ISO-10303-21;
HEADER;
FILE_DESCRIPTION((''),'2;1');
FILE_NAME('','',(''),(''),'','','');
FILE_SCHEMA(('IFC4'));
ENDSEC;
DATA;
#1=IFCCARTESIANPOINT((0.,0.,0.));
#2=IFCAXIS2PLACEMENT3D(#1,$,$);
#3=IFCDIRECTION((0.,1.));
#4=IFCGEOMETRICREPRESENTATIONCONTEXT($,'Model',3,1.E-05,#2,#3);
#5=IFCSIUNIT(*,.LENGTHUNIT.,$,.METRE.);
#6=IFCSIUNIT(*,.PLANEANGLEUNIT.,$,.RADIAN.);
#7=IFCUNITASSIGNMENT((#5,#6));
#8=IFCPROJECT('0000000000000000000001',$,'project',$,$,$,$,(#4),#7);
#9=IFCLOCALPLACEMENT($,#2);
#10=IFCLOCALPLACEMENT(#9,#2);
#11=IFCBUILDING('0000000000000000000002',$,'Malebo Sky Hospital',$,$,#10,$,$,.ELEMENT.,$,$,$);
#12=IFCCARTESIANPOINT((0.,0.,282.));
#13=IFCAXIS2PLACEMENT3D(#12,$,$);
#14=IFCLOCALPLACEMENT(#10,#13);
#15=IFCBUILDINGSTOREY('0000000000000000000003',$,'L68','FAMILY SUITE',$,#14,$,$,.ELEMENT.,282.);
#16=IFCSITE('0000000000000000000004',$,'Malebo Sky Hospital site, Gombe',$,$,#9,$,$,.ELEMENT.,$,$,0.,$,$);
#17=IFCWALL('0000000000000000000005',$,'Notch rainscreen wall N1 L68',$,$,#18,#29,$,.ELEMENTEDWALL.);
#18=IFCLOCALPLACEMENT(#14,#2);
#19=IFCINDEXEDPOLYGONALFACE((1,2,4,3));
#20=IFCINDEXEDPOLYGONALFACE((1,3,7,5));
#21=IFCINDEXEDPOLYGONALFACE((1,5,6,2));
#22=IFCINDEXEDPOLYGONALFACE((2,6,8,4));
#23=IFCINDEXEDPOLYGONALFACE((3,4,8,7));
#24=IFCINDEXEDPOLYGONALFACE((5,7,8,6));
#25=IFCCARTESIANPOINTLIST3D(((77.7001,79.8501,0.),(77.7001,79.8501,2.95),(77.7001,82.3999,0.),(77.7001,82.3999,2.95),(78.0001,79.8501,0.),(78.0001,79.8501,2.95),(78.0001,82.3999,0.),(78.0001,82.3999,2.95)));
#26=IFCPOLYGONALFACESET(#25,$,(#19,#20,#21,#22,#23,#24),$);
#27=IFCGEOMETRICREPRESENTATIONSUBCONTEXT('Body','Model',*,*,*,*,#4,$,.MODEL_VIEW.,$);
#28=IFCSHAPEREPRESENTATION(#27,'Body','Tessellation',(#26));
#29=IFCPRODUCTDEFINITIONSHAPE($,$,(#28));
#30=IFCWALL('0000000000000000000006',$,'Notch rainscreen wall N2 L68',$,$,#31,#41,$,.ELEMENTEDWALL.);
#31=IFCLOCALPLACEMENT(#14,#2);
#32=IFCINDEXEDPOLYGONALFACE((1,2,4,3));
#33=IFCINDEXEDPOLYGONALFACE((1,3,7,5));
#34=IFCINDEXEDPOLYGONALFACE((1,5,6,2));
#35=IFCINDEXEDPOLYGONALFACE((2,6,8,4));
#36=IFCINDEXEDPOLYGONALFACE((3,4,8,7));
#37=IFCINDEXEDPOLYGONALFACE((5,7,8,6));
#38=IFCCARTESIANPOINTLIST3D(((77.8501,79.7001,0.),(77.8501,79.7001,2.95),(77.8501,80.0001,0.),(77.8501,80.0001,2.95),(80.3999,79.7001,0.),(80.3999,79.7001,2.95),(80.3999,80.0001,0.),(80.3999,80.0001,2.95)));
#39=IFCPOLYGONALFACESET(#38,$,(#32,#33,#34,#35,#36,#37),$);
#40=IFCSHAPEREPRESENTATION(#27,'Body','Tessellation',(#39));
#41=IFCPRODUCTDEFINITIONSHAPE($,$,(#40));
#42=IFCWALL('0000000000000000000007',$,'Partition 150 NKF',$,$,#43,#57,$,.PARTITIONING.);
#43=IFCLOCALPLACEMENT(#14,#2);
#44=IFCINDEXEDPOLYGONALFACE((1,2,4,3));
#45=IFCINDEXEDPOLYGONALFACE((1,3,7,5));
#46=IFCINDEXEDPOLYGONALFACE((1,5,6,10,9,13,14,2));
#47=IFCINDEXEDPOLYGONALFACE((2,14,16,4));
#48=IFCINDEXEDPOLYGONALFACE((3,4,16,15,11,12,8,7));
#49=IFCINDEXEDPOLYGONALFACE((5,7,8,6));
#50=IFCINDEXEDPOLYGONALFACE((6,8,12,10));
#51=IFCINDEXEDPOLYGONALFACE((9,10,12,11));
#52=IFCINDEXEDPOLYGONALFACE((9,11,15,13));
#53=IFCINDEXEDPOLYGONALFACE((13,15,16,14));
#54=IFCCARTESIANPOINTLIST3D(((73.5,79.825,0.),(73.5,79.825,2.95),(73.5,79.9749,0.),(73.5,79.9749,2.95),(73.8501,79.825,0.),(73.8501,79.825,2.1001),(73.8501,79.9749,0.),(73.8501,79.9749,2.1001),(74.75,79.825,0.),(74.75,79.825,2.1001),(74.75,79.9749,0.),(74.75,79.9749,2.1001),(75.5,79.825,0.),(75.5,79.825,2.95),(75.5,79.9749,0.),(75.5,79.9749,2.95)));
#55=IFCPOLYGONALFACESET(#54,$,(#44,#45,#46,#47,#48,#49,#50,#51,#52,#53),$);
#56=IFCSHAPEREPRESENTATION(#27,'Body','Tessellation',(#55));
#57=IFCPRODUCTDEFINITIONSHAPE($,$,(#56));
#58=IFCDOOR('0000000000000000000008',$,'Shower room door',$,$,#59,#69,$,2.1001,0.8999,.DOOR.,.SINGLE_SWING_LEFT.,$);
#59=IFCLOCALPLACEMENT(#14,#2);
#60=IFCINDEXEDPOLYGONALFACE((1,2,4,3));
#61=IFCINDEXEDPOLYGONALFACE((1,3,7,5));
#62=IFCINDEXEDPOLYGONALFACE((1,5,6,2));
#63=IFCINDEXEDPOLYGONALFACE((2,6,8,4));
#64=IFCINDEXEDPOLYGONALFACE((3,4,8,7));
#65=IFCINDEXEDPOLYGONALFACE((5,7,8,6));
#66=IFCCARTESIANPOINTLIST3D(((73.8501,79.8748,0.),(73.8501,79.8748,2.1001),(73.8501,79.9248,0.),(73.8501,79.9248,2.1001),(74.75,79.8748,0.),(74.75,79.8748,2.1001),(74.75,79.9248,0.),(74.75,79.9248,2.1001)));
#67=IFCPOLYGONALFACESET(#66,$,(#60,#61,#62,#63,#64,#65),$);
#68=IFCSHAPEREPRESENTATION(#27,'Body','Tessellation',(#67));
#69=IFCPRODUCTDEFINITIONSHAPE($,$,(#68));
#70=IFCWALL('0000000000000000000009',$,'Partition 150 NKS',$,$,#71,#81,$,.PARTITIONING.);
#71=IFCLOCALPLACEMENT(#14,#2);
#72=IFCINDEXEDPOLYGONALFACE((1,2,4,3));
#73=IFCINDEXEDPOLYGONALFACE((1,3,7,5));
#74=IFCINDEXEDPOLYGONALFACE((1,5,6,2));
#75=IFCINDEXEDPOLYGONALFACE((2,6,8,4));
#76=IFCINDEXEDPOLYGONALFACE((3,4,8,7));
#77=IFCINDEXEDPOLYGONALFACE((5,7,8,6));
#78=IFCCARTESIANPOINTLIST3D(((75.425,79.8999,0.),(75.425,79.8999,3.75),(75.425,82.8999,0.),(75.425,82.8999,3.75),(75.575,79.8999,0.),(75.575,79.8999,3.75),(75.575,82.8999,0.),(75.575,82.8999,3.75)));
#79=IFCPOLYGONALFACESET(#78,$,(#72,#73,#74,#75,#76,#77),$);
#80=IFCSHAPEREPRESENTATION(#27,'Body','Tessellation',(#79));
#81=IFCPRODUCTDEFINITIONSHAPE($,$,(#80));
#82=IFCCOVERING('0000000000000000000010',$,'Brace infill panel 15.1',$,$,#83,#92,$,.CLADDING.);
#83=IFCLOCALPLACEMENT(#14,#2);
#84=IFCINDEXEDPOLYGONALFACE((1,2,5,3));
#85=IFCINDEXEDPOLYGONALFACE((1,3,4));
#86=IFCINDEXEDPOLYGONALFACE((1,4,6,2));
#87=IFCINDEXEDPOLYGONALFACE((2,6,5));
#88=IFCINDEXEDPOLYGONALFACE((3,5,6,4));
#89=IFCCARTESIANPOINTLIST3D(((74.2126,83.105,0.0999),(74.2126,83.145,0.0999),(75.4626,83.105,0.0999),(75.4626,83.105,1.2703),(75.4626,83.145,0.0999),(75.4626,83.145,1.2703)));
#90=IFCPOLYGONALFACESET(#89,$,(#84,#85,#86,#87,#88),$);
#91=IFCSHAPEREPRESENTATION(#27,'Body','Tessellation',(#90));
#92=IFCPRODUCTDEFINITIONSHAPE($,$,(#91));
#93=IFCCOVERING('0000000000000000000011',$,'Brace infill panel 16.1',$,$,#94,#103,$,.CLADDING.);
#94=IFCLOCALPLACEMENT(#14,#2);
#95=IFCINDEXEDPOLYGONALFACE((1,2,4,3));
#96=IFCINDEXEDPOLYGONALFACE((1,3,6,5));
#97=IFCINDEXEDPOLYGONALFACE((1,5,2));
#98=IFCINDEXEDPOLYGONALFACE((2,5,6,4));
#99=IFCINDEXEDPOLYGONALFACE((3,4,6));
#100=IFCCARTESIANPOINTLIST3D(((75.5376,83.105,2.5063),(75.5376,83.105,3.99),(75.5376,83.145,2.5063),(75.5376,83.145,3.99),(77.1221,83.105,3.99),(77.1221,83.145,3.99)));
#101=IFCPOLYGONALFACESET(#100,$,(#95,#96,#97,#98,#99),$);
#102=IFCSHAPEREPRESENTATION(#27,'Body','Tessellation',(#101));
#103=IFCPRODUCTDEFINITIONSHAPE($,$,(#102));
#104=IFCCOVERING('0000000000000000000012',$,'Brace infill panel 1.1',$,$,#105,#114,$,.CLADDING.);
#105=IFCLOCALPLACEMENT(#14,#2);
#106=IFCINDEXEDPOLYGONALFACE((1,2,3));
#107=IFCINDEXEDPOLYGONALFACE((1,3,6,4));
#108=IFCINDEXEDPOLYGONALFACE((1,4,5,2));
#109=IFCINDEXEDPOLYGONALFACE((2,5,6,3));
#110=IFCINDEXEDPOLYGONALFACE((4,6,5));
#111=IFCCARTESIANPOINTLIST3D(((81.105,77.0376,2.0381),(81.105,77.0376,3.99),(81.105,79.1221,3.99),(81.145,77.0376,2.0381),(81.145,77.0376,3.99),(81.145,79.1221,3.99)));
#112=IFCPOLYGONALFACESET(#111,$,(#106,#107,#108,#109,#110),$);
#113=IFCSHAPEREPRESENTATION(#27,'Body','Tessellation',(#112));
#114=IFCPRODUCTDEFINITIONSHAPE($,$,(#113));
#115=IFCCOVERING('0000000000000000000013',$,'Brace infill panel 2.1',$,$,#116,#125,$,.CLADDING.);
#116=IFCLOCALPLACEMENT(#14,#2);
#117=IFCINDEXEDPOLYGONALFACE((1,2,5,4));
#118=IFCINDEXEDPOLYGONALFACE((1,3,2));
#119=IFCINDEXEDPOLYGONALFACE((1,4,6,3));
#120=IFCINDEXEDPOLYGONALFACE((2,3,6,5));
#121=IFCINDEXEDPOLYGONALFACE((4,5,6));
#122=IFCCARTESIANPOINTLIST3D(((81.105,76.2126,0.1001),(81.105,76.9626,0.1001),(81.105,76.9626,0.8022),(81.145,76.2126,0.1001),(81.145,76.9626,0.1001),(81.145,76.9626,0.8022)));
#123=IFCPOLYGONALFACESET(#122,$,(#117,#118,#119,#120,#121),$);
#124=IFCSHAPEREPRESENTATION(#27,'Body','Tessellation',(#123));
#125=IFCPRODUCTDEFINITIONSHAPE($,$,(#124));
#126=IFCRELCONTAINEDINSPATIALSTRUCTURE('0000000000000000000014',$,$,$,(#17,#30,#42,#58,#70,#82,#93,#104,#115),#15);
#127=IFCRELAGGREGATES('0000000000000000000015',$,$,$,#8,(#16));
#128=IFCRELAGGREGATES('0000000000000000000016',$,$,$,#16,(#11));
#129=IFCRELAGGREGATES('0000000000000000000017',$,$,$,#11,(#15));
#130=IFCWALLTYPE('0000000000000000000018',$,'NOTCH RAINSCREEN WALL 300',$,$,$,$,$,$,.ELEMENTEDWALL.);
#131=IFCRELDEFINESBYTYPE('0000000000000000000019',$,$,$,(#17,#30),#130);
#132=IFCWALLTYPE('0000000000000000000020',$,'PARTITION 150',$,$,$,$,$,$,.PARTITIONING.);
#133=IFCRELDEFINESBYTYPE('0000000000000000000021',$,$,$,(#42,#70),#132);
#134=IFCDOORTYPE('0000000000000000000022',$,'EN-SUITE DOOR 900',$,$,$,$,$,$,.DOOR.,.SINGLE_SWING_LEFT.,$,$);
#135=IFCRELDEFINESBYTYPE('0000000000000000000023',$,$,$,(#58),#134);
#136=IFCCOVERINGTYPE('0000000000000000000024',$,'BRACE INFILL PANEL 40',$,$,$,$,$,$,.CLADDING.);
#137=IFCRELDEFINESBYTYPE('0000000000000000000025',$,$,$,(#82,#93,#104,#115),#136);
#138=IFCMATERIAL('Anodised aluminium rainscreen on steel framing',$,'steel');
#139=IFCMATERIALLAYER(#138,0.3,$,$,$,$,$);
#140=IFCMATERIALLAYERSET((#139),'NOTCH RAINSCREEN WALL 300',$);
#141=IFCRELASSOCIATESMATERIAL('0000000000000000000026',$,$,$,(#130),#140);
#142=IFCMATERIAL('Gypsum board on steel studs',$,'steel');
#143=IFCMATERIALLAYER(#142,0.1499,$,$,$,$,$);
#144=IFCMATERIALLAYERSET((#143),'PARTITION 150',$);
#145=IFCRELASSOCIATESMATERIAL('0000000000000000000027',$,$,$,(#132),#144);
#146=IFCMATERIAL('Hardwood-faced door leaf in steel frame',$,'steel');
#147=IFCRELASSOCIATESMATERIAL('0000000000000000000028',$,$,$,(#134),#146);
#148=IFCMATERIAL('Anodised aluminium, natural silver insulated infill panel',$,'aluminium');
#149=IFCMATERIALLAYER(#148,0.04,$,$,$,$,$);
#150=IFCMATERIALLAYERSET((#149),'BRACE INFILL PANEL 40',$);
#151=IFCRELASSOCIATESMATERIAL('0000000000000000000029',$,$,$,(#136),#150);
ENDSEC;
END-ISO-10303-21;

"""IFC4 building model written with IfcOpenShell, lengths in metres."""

from ifc_helpers import new_model, si_unit, direction, frame, frame_2d, origin, place, context, subcontext, project, spatial, polyline, rectangle, outline, extrude, material, layer, layer_set, type_object, element, fill, save


model = new_model("IFC4")

# Units and contexts
model_context = context("Model", 3, precision=1e-05, world=origin(), true_north=direction((0.0, 1.0)))
body_context = subcontext(model_context, "Body", "Model", "MODEL_VIEW")
ifc_project = project(units=[si_unit("LENGTHUNIT", "METRE"), si_unit("PLANEANGLEUNIT", "RADIAN")], contexts=[model_context])

# Site, building, storey
site_placement = place(None, origin())
site = spatial("IfcSite", under=ifc_project, at=site_placement, Name="Malebo Sky Hospital site, Gombe", CompositionType="ELEMENT", RefElevation=0.0)
building_placement = place(site_placement, origin())
building = spatial("IfcBuilding", under=site, at=building_placement, Name="Malebo Sky Hospital", CompositionType="ELEMENT")
storey_placement = place(building_placement, frame((0.0, 0.0, 282.0)))
storey = spatial("IfcBuildingStorey", under=building, at=storey_placement, Name="L68", Description="FAMILY SUITE", CompositionType="ELEMENT", Elevation=282.0)

# Walls
ifc_material_1 = material(Name="Anodised aluminium rainscreen on steel framing", Category="steel")
ifc_layer_1 = layer(ifc_material_1, 0.3)
ifc_layer_set_1 = layer_set([ifc_layer_1], Name="NOTCH RAINSCREEN WALL 300")
wall_type_1 = type_object("IfcWallType", Name="NOTCH RAINSCREEN WALL 300", PredefinedType="ELEMENTEDWALL", material=ifc_layer_set_1)
for number, where, z_axis, x_axis, name in (
    (1, (77.8501, 82.3999, 0.0), (0.0, 0.0, 1.0), (0.0, -1.0, 0.0), "Notch rainscreen wall N1 L68"),
    (2, (77.8501, 79.8501, 0.0), (0.0, 0.0, 1.0), (1.0, 0.0, 0.0), "Notch rainscreen wall N2 L68"),
):
    element("IfcWall", number, at=place(storey_placement, frame(where, z_axis=z_axis, x_axis=x_axis)), inside=storey, type_object=wall_type_1, Name=name, PredefinedType="ELEMENTEDWALL", context=body_context, shape_type="SweptSolid", body=[
        extrude(rectangle(XDim=2.5498, YDim=0.3, at=frame_2d((1.2749, 0.0))), origin(), (0.0, 0.0, 1.0), 2.95),
    ])

# Wall, opening, door
ifc_material_2 = material(Name="Gypsum board on steel studs", Category="steel")
ifc_layer_2 = layer(ifc_material_2, 0.1499)
ifc_layer_set_2 = layer_set([ifc_layer_2], Name="PARTITION 150")
wall_type_2 = type_object("IfcWallType", Name="PARTITION 150", PredefinedType="PARTITIONING", material=ifc_layer_set_2)
wall_1_placement = place(storey_placement, frame((73.5, 79.8999, 0.0), z_axis=(0.0, 0.0, 1.0), x_axis=(1.0, 0.0, 0.0)))
wall_1 = element("IfcWall", 3, at=wall_1_placement, inside=storey, type_object=wall_type_2, Name="Partition 150 NKF", PredefinedType="PARTITIONING", context=body_context, shape_type="SweptSolid", body=[
    extrude(rectangle(XDim=2.0, YDim=0.1499, at=frame_2d((1.0, 0.0))), origin(), (0.0, 0.0, 1.0), 2.95),
])
opening_placement = place(wall_1_placement, frame((0.3501, 0.0, 0.0)))
opening = element("IfcOpeningElement", 4, at=opening_placement, cuts=wall_1, PredefinedType="OPENING", context=body_context, shape_type="SweptSolid", body=[
    extrude(rectangle(XDim=0.8999, YDim=2.1001, at=frame_2d((0.45, 1.05))), frame((0.0, 0.085, 0.0), z_axis=(0.0, -1.0, 0.0), x_axis=(1.0, 0.0, 0.0)), (0.0, 0.0, 1.0), 0.1699),
])
ifc_material_3 = material(Name="Hardwood-faced door leaf in steel frame", Category="steel")
door_type = type_object("IfcDoorType", Name="EN-SUITE DOOR 900", OperationType="SINGLE_SWING_LEFT", PredefinedType="DOOR", material=ifc_material_3)
door_placement = place(opening_placement, origin())
door = element("IfcDoor", 5, at=door_placement, inside=storey, type_object=door_type, Name="Shower room door", OperationType="SINGLE_SWING_LEFT", OverallHeight=2.1001, OverallWidth=0.8999, PredefinedType="DOOR", context=body_context, shape_type="SweptSolid", body=[
    extrude(rectangle(XDim=0.8999, YDim=2.1001, at=frame_2d((0.45, 1.05))), frame((0.0, 0.0249, 0.0), z_axis=(0.0, -1.0, 0.0), x_axis=(1.0, 0.0, 0.0)), (0.0, 0.0, 1.0), 0.05),
])
fill(opening, door)

# Wall
wall_2_placement = place(storey_placement, frame((75.5, 79.8999, 0.0), z_axis=(0.0, 0.0, 1.0), x_axis=(0.0, 1.0, 0.0)))
element("IfcWall", 6, at=wall_2_placement, inside=storey, type_object=wall_type_2, Name="Partition 150 NKS", PredefinedType="PARTITIONING", context=body_context, shape_type="SweptSolid", body=[
    extrude(rectangle(XDim=3.0, YDim=0.1499, at=frame_2d((1.5, 0.0))), origin(), (0.0, 0.0, 1.0), 3.75),
])

# Coverings
ifc_material_4 = material(Name="Anodised aluminium, natural silver insulated infill panel", Category="aluminium")
ifc_layer_3 = layer(ifc_material_4, 0.04)
ifc_layer_set_3 = layer_set([ifc_layer_3], Name="BRACE INFILL PANEL 40")
covering_type = type_object("IfcCoveringType", Name="BRACE INFILL PANEL 40", PredefinedType="CLADDING", material=ifc_layer_set_3)
covering_1_placement = place(storey_placement, frame((74.8376, 83.125, 0.0999), z_axis=(0.0, 0.0, 1.0), x_axis=(1.0, 0.0, 0.0)))
element("IfcCovering", 7, at=covering_1_placement, inside=storey, type_object=covering_type, Name="Brace infill panel 15.1", PredefinedType="CLADDING", context=body_context, shape_type="SweptSolid", body=[
    extrude(outline(polyline([(-0.625, 0.0), (0.625, 0.0), (0.625, 1.1704), (-0.625, 0.0)])), frame((0.0, 0.02, 0.0), z_axis=(0.0, -1.0, 0.0), x_axis=(1.0, 0.0, 0.0)), (0.0, 0.0, 1.0), 0.04),
])
covering_2_placement = place(storey_placement, frame((76.3298, 83.125, 2.5063), z_axis=(0.0, 0.0, 1.0), x_axis=(1.0, 0.0, 0.0)))
element("IfcCovering", 8, at=covering_2_placement, inside=storey, type_object=covering_type, Name="Brace infill panel 16.1", PredefinedType="CLADDING", context=body_context, shape_type="SweptSolid", body=[
    extrude(outline(polyline([(-0.7922, 0.0), (0.7922, 1.4836), (-0.7922, 1.4836), (-0.7922, 0.0)])), frame((0.0, 0.02, 0.0), z_axis=(0.0, -1.0, 0.0), x_axis=(1.0, 0.0, 0.0)), (0.0, 0.0, 1.0), 0.04),
])
covering_3_placement = place(storey_placement, frame((81.125, 78.0798, 2.0381), z_axis=(0.0, 0.0, 1.0), x_axis=(0.0, -1.0, 0.0)))
element("IfcCovering", 9, at=covering_3_placement, inside=storey, type_object=covering_type, Name="Brace infill panel 1.1", PredefinedType="CLADDING", context=body_context, shape_type="SweptSolid", body=[
    extrude(outline(polyline([(1.0422, 0.0), (1.0422, 1.9519), (-1.0422, 1.9519), (1.0422, 0.0)])), frame((0.0, 0.02, 0.0), z_axis=(0.0, -1.0, 0.0), x_axis=(1.0, 0.0, 0.0)), (0.0, 0.0, 1.0), 0.04),
])
covering_4_placement = place(storey_placement, frame((81.125, 76.5876, 0.1001), z_axis=(0.0, 0.0, 1.0), x_axis=(0.0, -1.0, 0.0)))
element("IfcCovering", 10, at=covering_4_placement, inside=storey, type_object=covering_type, Name="Brace infill panel 2.1", PredefinedType="CLADDING", context=body_context, shape_type="SweptSolid", body=[
    extrude(outline(polyline([(-0.375, 0.0), (0.375, 0.0), (-0.375, 0.7021), (-0.375, 0.0)])), frame((0.0, 0.02, 0.0), z_axis=(0.0, -1.0, 0.0), x_axis=(1.0, 0.0, 0.0)), (0.0, 0.0, 1.0), 0.04),
])

save(model, "model.ifc")
